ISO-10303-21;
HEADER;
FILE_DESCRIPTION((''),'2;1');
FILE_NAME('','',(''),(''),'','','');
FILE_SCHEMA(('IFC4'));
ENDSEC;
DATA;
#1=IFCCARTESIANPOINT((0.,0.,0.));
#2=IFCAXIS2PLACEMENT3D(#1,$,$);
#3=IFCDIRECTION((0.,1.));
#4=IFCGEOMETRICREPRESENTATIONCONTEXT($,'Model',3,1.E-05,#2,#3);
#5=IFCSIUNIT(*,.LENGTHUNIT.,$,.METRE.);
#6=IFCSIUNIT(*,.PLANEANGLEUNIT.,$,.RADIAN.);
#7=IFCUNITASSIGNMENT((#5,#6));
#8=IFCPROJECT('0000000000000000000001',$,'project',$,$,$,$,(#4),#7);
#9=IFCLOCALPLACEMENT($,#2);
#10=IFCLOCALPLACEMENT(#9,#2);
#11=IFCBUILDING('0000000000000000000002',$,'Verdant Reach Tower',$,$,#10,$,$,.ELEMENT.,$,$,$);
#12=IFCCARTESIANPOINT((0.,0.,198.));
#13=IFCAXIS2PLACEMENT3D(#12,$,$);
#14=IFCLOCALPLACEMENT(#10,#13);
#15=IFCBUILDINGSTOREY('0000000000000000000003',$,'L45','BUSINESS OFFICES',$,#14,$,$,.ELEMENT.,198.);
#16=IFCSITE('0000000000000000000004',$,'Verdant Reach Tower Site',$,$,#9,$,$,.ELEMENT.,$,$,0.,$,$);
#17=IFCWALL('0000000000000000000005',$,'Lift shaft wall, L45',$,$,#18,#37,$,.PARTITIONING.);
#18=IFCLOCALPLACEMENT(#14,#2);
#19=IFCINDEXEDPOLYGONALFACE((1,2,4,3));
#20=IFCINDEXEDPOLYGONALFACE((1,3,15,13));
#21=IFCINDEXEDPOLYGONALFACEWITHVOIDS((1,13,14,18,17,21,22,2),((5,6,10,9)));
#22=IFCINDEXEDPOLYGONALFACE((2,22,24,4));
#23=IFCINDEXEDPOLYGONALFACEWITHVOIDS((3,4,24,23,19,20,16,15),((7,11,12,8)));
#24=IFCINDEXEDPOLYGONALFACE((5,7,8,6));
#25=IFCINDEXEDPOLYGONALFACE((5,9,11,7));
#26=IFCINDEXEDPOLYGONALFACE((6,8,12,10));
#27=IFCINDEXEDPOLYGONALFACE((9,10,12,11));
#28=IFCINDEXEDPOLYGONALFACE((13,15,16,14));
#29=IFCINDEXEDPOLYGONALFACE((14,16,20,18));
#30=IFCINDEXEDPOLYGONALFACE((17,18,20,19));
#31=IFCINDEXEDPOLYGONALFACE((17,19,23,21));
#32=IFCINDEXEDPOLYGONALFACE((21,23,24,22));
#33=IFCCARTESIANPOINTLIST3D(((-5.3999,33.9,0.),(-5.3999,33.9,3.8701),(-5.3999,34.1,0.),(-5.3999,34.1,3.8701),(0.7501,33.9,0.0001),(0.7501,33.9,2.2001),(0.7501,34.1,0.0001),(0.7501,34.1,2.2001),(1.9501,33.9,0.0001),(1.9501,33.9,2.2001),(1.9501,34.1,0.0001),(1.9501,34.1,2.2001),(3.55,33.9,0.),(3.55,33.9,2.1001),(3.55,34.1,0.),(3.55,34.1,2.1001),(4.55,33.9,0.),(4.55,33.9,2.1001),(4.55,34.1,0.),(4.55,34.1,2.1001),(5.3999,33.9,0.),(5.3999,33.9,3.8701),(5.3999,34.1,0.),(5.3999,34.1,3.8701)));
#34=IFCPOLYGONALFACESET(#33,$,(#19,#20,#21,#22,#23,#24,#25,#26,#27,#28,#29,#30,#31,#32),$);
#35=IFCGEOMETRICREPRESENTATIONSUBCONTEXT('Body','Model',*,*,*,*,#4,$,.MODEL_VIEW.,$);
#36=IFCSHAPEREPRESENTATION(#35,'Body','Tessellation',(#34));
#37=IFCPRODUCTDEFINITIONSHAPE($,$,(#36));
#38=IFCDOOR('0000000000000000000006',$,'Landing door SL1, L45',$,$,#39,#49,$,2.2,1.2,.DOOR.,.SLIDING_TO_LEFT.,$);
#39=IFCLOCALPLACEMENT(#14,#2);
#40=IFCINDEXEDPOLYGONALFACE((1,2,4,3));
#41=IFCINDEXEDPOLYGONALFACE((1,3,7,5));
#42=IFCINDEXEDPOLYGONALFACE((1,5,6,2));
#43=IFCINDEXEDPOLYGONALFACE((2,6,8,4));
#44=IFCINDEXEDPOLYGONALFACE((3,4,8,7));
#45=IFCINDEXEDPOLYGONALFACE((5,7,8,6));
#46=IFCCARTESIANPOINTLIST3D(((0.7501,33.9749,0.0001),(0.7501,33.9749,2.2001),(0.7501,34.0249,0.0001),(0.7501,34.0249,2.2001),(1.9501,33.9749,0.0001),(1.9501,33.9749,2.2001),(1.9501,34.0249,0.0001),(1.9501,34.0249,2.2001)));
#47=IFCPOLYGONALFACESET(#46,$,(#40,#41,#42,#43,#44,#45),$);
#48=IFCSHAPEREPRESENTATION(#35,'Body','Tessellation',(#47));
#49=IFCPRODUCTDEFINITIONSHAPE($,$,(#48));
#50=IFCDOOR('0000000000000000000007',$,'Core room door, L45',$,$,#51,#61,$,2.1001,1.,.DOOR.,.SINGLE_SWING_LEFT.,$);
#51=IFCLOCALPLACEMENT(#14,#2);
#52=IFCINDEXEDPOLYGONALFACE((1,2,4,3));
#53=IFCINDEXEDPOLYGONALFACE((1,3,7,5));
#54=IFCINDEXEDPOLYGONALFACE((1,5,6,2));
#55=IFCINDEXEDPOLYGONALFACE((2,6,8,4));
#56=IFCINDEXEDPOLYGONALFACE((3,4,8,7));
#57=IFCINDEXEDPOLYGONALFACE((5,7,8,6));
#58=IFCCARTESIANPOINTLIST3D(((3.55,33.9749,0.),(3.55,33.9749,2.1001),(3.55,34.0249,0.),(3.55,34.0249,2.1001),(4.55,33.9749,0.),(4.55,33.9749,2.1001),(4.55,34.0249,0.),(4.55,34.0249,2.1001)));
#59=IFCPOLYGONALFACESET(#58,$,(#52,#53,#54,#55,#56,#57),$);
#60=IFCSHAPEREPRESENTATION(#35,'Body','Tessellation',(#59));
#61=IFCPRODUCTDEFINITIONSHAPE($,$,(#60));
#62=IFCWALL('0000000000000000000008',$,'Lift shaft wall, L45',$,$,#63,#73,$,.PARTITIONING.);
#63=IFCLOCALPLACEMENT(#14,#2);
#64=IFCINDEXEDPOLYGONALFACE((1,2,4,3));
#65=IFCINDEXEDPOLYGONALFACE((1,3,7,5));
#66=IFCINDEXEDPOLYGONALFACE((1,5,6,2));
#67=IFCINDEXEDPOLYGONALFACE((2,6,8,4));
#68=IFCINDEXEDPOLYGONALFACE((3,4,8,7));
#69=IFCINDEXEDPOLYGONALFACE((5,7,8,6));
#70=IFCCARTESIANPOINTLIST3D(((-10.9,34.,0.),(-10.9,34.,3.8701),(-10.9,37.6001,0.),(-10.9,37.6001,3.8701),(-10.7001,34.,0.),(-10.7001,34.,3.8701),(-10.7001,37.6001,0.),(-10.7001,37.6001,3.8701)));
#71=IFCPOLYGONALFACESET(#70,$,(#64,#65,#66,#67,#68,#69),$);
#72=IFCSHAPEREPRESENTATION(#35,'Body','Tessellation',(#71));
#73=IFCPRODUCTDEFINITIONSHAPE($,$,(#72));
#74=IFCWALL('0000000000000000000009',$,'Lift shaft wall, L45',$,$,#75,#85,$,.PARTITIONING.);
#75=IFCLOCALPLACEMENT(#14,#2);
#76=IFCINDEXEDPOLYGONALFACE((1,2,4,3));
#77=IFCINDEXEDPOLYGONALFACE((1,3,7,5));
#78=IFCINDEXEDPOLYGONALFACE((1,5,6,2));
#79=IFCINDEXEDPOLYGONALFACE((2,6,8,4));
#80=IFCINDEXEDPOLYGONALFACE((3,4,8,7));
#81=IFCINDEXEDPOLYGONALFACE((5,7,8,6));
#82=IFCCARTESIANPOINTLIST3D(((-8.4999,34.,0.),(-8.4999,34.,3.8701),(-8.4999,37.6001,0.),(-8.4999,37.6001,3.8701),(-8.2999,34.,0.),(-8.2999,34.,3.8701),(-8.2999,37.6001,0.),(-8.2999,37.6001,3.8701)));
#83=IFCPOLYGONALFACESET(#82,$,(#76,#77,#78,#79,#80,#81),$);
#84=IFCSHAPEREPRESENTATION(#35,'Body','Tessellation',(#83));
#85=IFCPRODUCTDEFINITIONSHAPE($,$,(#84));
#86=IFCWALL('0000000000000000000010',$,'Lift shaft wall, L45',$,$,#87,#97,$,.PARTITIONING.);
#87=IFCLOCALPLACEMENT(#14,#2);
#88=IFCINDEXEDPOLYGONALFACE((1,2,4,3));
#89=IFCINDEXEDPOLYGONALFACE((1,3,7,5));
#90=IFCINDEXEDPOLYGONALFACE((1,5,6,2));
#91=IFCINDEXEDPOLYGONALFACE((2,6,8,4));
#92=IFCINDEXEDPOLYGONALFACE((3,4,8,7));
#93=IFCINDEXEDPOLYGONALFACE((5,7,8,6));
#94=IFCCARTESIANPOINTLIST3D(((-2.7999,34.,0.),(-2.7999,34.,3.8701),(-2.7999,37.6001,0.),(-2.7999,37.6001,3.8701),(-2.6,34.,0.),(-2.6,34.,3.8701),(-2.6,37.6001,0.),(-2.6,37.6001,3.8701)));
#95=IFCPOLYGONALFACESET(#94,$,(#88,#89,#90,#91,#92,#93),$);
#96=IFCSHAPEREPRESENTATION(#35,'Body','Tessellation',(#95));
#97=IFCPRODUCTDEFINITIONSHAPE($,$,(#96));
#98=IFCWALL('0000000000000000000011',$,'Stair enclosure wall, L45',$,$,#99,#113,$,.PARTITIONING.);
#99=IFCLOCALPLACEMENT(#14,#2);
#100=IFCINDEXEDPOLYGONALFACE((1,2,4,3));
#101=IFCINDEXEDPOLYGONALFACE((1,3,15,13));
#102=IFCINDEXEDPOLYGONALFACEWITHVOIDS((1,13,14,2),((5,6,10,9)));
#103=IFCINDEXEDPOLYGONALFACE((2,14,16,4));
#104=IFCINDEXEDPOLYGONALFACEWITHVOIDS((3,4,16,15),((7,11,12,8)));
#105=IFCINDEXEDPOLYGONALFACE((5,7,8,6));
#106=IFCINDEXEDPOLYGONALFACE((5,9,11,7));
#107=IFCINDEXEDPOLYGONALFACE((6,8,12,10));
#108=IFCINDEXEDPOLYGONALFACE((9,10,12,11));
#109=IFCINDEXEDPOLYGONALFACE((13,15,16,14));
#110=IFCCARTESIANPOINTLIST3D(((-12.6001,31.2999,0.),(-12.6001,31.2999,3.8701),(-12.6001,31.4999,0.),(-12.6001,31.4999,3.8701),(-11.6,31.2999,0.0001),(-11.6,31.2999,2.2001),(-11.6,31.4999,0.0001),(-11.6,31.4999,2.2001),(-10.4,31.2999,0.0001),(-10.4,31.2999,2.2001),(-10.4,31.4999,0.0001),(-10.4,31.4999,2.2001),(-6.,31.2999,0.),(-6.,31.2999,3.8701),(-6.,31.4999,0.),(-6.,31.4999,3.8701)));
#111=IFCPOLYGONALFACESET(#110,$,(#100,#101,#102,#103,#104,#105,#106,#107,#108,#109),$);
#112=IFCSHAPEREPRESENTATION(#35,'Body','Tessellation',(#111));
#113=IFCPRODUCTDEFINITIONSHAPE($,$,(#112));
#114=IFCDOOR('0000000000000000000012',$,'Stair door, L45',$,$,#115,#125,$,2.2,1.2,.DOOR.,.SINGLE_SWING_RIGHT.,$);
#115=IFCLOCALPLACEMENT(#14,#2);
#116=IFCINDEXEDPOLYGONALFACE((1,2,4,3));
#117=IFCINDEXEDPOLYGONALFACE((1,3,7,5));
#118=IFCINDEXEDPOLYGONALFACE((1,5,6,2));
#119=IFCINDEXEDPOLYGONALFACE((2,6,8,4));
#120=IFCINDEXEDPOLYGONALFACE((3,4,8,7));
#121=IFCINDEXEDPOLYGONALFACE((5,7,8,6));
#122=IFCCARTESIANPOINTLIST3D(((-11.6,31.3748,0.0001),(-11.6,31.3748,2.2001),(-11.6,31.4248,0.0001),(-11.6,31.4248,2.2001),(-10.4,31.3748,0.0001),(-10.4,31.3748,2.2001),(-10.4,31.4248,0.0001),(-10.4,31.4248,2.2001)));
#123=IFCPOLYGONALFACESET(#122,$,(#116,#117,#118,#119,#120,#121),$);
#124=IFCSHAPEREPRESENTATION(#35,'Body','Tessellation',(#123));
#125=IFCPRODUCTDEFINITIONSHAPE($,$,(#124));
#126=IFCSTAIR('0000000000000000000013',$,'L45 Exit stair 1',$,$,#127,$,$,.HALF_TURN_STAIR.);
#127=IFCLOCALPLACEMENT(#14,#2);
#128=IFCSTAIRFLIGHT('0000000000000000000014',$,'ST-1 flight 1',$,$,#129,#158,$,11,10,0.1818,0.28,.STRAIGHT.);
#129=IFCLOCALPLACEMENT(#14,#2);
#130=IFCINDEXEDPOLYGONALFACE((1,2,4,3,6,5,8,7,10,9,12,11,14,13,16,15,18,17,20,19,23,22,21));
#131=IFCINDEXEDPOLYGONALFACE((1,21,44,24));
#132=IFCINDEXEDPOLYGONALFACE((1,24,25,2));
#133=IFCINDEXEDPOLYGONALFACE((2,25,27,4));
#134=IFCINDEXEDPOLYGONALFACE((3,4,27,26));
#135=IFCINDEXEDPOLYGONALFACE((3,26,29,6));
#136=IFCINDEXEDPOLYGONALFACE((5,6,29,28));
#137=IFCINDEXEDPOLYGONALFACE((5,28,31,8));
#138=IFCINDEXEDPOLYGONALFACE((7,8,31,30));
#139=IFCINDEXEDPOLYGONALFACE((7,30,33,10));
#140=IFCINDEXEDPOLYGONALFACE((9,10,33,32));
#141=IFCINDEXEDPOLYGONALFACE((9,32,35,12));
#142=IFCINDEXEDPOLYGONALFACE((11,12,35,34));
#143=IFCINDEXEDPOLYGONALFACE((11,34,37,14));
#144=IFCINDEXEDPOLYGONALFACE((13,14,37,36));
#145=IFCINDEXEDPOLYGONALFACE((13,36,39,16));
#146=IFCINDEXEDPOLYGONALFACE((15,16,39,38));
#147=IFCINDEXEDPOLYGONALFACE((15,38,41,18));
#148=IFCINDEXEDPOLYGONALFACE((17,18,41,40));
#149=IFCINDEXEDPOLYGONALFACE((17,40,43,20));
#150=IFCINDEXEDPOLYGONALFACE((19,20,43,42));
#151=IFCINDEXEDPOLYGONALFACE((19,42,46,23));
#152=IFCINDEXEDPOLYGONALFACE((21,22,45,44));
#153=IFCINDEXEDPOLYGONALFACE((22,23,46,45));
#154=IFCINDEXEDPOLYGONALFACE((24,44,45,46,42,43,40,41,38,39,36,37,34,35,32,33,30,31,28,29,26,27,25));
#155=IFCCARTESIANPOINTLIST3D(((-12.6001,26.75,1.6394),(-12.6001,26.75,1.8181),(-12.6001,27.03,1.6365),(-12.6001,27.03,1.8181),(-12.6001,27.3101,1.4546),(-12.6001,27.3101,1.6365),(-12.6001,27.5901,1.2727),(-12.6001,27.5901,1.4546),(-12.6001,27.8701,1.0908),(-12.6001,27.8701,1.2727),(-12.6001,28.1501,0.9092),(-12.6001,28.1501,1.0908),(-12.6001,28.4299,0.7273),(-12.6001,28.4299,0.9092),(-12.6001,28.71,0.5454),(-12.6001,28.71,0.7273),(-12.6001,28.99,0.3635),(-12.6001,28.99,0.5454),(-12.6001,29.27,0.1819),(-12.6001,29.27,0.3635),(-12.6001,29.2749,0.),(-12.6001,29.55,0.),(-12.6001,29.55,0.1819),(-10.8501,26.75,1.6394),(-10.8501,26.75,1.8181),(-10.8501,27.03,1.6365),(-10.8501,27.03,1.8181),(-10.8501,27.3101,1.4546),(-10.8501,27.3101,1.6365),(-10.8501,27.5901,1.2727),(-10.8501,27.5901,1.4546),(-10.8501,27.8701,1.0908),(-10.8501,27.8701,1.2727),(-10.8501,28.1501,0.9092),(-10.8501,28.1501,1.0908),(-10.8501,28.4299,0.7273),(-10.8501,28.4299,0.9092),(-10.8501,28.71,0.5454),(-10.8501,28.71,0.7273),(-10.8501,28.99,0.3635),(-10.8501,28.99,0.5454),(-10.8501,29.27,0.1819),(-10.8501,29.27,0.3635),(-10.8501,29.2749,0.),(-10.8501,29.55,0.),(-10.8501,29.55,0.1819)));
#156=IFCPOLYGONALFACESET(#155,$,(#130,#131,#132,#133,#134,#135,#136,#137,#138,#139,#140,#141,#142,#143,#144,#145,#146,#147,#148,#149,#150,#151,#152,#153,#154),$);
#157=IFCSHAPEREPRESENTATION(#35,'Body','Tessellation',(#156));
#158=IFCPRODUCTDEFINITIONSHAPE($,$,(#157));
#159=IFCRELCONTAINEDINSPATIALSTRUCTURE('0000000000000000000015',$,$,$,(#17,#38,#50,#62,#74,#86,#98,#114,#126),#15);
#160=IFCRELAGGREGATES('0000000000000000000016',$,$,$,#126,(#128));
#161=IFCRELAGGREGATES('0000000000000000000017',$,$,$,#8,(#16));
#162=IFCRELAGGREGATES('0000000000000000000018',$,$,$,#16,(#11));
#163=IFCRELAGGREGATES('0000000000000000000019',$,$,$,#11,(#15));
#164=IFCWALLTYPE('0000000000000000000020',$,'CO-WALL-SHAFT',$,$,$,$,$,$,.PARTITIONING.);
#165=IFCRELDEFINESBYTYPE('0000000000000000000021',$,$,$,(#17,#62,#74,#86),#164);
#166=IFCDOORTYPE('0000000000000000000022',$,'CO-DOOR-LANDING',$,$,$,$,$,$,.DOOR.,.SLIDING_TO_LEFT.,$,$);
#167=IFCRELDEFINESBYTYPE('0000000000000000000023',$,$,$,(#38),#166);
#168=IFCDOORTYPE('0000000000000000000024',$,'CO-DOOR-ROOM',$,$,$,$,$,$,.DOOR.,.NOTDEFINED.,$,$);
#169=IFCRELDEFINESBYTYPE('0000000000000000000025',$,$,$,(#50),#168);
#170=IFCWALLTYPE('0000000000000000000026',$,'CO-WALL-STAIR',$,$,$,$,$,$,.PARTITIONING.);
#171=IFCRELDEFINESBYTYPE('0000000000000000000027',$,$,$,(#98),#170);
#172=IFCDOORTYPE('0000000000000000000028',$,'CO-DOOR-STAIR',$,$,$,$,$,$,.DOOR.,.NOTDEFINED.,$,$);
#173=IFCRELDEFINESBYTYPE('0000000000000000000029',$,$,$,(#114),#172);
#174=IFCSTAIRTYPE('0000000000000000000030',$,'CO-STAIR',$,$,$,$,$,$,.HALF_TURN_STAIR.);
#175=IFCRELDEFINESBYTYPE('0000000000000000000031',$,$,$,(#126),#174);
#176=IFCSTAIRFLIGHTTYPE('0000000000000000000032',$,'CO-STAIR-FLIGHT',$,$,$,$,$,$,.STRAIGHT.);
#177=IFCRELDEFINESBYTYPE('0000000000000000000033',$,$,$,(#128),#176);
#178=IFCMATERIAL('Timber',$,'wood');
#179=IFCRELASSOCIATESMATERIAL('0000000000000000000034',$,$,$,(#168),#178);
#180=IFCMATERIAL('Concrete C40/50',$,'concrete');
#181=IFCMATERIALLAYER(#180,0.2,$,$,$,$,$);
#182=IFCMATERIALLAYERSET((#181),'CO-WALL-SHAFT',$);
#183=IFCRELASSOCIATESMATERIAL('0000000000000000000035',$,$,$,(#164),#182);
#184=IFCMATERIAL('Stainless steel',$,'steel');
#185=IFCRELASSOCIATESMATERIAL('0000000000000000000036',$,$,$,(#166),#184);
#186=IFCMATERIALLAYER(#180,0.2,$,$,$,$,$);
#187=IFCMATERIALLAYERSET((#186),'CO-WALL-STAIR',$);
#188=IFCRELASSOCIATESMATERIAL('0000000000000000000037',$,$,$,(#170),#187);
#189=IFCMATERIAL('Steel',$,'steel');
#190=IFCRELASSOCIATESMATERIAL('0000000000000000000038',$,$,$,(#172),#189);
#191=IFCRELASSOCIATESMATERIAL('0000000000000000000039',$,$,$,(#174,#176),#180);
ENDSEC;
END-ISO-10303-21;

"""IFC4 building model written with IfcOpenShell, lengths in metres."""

from ifc_helpers import new_model, si_unit, direction, frame, frame_2d, origin, place, context, subcontext, project, spatial, polyline, rectangle, outline, extrude, material, layer, layer_set, type_object, element, fill, aggregate, save


model = new_model("IFC4")

# Units and contexts
model_context = context("Model", 3, precision=1e-05, world=origin(), true_north=direction((0.0, 1.0)))
body_context = subcontext(model_context, "Body", "Model", "MODEL_VIEW")
ifc_project = project(units=[si_unit("LENGTHUNIT", "METRE"), si_unit("PLANEANGLEUNIT", "RADIAN")], contexts=[model_context])

# Site, building, storey
site_placement = place(None, origin())
site = spatial("IfcSite", under=ifc_project, at=site_placement, Name="Verdant Reach Tower Site", CompositionType="ELEMENT", RefElevation=0.0)
building_placement = place(site_placement, origin())
building = spatial("IfcBuilding", under=site, at=building_placement, Name="Verdant Reach Tower", CompositionType="ELEMENT")
storey_placement = place(building_placement, frame((0.0, 0.0, 198.0)))
storey = spatial("IfcBuildingStorey", under=building, at=storey_placement, Name="L45", Description="BUSINESS OFFICES", CompositionType="ELEMENT", Elevation=198.0)

# Wall, openings, doors
ifc_material_1 = material(Name="Timber", Category="wood")
door_type_1 = type_object("IfcDoorType", Name="CO-DOOR-ROOM", OperationType="NOTDEFINED", PredefinedType="DOOR", material=ifc_material_1)
ifc_material_2 = material(Name="Concrete C40/50", Category="concrete")
ifc_layer_1 = layer(ifc_material_2, 0.2)
ifc_layer_set_1 = layer_set([ifc_layer_1], Name="CO-WALL-SHAFT")
wall_type_1 = type_object("IfcWallType", Name="CO-WALL-SHAFT", PredefinedType="PARTITIONING", material=ifc_layer_set_1)
ifc_material_3 = material(Name="Stainless steel", Category="steel")
ifc_material_4 = material(Name="Steel", Category="steel")
wall_1_placement = place(storey_placement, frame((-5.3999, 34.0, 0.0), z_axis=(0.0, 0.0, 1.0), x_axis=(1.0, 0.0, 0.0)))
wall_1 = element("IfcWall", 1, at=wall_1_placement, inside=storey, type_object=wall_type_1, Name="Lift shaft wall, L45", PredefinedType="PARTITIONING", context=body_context, shape_type="SweptSolid", body=[
    extrude(rectangle(XDim=10.7998, YDim=0.2, at=frame_2d((5.3999, 0.0))), origin(), (0.0, 0.0, 1.0), 3.8701),
])
opening_1_placement = place(wall_1_placement, frame((6.1499, 0.0, 0.0)))
opening_1 = element("IfcOpeningElement", 2, at=opening_1_placement, cuts=wall_1, PredefinedType="OPENING", context=body_context, shape_type="SweptSolid", body=[
    extrude(rectangle(XDim=1.2, YDim=2.2, at=frame_2d((0.6001, 1.1001))), frame((0.0, 0.1099, 0.0), z_axis=(0.0, -1.0, 0.0), x_axis=(1.0, 0.0, 0.0)), (0.0, 0.0, 1.0), 0.22),
])
opening_2_placement = place(wall_1_placement, frame((8.95, 0.0, 0.0)))
opening_2 = element("IfcOpeningElement", 3, at=opening_2_placement, cuts=wall_1, PredefinedType="OPENING", context=body_context, shape_type="SweptSolid", body=[
    extrude(rectangle(XDim=1.0, YDim=2.1001, at=frame_2d((0.5, 1.05))), frame((0.0, 0.1099, 0.0), z_axis=(0.0, -1.0, 0.0), x_axis=(1.0, 0.0, 0.0)), (0.0, 0.0, 1.0), 0.22),
])
door_type_2 = type_object("IfcDoorType", Name="CO-DOOR-LANDING", OperationType="SLIDING_TO_LEFT", PredefinedType="DOOR", material=ifc_material_3)
door_1_placement = place(opening_1_placement, origin())
door_1 = element("IfcDoor", 4, at=door_1_placement, inside=storey, type_object=door_type_2, Name="Landing door SL1, L45", OperationType="SLIDING_TO_LEFT", OverallHeight=2.2, OverallWidth=1.2, PredefinedType="DOOR", context=body_context, shape_type="SweptSolid", body=[
    extrude(rectangle(XDim=1.2, YDim=2.2, at=frame_2d((0.6001, 1.1001))), frame((0.0, 0.0249, 0.0), z_axis=(0.0, -1.0, 0.0), x_axis=(1.0, 0.0, 0.0)), (0.0, 0.0, 1.0), 0.05),
])
fill(opening_1, door_1)
door_2_placement = place(opening_2_placement, origin())
door_2 = element("IfcDoor", 5, at=door_2_placement, inside=storey, type_object=door_type_1, Name="Core room door, L45", OperationType="SINGLE_SWING_LEFT", OverallHeight=2.1001, OverallWidth=1.0, PredefinedType="DOOR", context=body_context, shape_type="SweptSolid", body=[
    extrude(rectangle(XDim=1.0, YDim=2.1001, at=frame_2d((0.5, 1.05))), frame((0.0, 0.0249, 0.0), z_axis=(0.0, -1.0, 0.0), x_axis=(1.0, 0.0, 0.0)), (0.0, 0.0, 1.0), 0.05),
])
fill(opening_2, door_2)

# Walls
for number, where, z_axis, x_axis, name in (
    (6, (-10.8, 34.0, 0.0), (0.0, 0.0, 1.0), (0.0, 1.0, 0.0), "Lift shaft wall, L45"),
    (7, (-8.3999, 34.0, 0.0), (0.0, 0.0, 1.0), (0.0, 1.0, 0.0), "Lift shaft wall, L45"),
    (8, (-2.7, 34.0, 0.0), (0.0, 0.0, 1.0), (0.0, 1.0, 0.0), "Lift shaft wall, L45"),
):
    element("IfcWall", number, at=place(storey_placement, frame(where, z_axis=z_axis, x_axis=x_axis)), inside=storey, type_object=wall_type_1, Name=name, PredefinedType="PARTITIONING", context=body_context, shape_type="SweptSolid", body=[
        extrude(rectangle(XDim=3.6001, YDim=0.2, at=frame_2d((1.8, 0.0))), origin(), (0.0, 0.0, 1.0), 3.8701),
    ])

# Wall, opening, door
ifc_layer_2 = layer(ifc_material_2, 0.2)
ifc_layer_set_2 = layer_set([ifc_layer_2], Name="CO-WALL-STAIR")
wall_type_2 = type_object("IfcWallType", Name="CO-WALL-STAIR", PredefinedType="PARTITIONING", material=ifc_layer_set_2)
wall_2_placement = place(storey_placement, frame((-12.6001, 31.3999, 0.0), z_axis=(0.0, 0.0, 1.0), x_axis=(1.0, 0.0, 0.0)))
wall_2 = element("IfcWall", 9, at=wall_2_placement, inside=storey, type_object=wall_type_2, Name="Stair enclosure wall, L45", PredefinedType="PARTITIONING", context=body_context, shape_type="SweptSolid", body=[
    extrude(rectangle(XDim=6.6001, YDim=0.2, at=frame_2d((3.3, 0.0))), origin(), (0.0, 0.0, 1.0), 3.8701),
])
opening_3_placement = place(wall_2_placement, frame((1.0, 0.0, 0.0)))
opening_3 = element("IfcOpeningElement", 10, at=opening_3_placement, cuts=wall_2, PredefinedType="OPENING", context=body_context, shape_type="SweptSolid", body=[
    extrude(rectangle(XDim=1.2, YDim=2.2, at=frame_2d((0.6001, 1.1001))), frame((0.0, 0.1099, 0.0), z_axis=(0.0, -1.0, 0.0), x_axis=(1.0, 0.0, 0.0)), (0.0, 0.0, 1.0), 0.22),
])
door_type_3 = type_object("IfcDoorType", Name="CO-DOOR-STAIR", OperationType="NOTDEFINED", PredefinedType="DOOR", material=ifc_material_4)
door_3_placement = place(opening_3_placement, origin())
door_3 = element("IfcDoor", 11, at=door_3_placement, inside=storey, type_object=door_type_3, Name="Stair door, L45", OperationType="SINGLE_SWING_RIGHT", OverallHeight=2.2, OverallWidth=1.2, PredefinedType="DOOR", context=body_context, shape_type="SweptSolid", body=[
    extrude(rectangle(XDim=1.2, YDim=2.2, at=frame_2d((0.6001, 1.1001))), frame((0.0, 0.0249, 0.0), z_axis=(0.0, -1.0, 0.0), x_axis=(1.0, 0.0, 0.0)), (0.0, 0.0, 1.0), 0.05),
])
fill(opening_3, door_3)

# Stair, stair flight
stair_type = type_object("IfcStairType", Name="CO-STAIR", PredefinedType="HALF_TURN_STAIR", material=ifc_material_2)
stair_placement = place(storey_placement, origin())
stair = element("IfcStair", 12, at=stair_placement, inside=storey, type_object=stair_type, Name="L45 Exit stair 1", PredefinedType="HALF_TURN_STAIR")
stair_flight_type = type_object("IfcStairFlightType", Name="CO-STAIR-FLIGHT", PredefinedType="STRAIGHT", material=ifc_material_2)
stair_flight_placement = place(storey_placement, frame((-11.7251, 29.55, 0.0), z_axis=(0.0, 0.0, 1.0), x_axis=(0.0, -1.0, 0.0)))
stair_flight = element("IfcStairFlight", 13, at=stair_flight_placement, type_object=stair_flight_type, Name="ST-1 flight 1", NumberOfRisers=11, NumberOfTreads=10, PredefinedType="STRAIGHT", RiserHeight=0.1818, TreadLength=0.28, context=body_context, shape_type="SweptSolid", body=[
    extrude(outline(polyline([(0.0, 0.0), (0.0, 0.1819), (0.28, 0.1819), (0.28, 0.3635), (0.5601, 0.3635), (0.5601, 0.5454), (0.8401, 0.5454), (0.8401, 0.7273), (1.1201, 0.7273), (1.1201, 0.9092), (1.3999, 0.9092), (1.3999, 1.0908), (1.6799, 1.0908), (1.6799, 1.2727), (1.96, 1.2727), (1.96, 1.4546), (2.24, 1.4546), (2.24, 1.6365), (2.52, 1.6365), (2.52, 1.8181), (2.8, 1.8181), (2.8, 2.0), (2.8, 1.6394), (0.2751, 0.0), (0.0, 0.0)])), frame((0.0, 0.875, 0.0), z_axis=(0.0, -1.0, 0.0), x_axis=(1.0, 0.0, 0.0)), (0.0, 0.0, 1.0), 1.75),
])
aggregate(stair, [stair_flight])

save(model, "model.ifc")
